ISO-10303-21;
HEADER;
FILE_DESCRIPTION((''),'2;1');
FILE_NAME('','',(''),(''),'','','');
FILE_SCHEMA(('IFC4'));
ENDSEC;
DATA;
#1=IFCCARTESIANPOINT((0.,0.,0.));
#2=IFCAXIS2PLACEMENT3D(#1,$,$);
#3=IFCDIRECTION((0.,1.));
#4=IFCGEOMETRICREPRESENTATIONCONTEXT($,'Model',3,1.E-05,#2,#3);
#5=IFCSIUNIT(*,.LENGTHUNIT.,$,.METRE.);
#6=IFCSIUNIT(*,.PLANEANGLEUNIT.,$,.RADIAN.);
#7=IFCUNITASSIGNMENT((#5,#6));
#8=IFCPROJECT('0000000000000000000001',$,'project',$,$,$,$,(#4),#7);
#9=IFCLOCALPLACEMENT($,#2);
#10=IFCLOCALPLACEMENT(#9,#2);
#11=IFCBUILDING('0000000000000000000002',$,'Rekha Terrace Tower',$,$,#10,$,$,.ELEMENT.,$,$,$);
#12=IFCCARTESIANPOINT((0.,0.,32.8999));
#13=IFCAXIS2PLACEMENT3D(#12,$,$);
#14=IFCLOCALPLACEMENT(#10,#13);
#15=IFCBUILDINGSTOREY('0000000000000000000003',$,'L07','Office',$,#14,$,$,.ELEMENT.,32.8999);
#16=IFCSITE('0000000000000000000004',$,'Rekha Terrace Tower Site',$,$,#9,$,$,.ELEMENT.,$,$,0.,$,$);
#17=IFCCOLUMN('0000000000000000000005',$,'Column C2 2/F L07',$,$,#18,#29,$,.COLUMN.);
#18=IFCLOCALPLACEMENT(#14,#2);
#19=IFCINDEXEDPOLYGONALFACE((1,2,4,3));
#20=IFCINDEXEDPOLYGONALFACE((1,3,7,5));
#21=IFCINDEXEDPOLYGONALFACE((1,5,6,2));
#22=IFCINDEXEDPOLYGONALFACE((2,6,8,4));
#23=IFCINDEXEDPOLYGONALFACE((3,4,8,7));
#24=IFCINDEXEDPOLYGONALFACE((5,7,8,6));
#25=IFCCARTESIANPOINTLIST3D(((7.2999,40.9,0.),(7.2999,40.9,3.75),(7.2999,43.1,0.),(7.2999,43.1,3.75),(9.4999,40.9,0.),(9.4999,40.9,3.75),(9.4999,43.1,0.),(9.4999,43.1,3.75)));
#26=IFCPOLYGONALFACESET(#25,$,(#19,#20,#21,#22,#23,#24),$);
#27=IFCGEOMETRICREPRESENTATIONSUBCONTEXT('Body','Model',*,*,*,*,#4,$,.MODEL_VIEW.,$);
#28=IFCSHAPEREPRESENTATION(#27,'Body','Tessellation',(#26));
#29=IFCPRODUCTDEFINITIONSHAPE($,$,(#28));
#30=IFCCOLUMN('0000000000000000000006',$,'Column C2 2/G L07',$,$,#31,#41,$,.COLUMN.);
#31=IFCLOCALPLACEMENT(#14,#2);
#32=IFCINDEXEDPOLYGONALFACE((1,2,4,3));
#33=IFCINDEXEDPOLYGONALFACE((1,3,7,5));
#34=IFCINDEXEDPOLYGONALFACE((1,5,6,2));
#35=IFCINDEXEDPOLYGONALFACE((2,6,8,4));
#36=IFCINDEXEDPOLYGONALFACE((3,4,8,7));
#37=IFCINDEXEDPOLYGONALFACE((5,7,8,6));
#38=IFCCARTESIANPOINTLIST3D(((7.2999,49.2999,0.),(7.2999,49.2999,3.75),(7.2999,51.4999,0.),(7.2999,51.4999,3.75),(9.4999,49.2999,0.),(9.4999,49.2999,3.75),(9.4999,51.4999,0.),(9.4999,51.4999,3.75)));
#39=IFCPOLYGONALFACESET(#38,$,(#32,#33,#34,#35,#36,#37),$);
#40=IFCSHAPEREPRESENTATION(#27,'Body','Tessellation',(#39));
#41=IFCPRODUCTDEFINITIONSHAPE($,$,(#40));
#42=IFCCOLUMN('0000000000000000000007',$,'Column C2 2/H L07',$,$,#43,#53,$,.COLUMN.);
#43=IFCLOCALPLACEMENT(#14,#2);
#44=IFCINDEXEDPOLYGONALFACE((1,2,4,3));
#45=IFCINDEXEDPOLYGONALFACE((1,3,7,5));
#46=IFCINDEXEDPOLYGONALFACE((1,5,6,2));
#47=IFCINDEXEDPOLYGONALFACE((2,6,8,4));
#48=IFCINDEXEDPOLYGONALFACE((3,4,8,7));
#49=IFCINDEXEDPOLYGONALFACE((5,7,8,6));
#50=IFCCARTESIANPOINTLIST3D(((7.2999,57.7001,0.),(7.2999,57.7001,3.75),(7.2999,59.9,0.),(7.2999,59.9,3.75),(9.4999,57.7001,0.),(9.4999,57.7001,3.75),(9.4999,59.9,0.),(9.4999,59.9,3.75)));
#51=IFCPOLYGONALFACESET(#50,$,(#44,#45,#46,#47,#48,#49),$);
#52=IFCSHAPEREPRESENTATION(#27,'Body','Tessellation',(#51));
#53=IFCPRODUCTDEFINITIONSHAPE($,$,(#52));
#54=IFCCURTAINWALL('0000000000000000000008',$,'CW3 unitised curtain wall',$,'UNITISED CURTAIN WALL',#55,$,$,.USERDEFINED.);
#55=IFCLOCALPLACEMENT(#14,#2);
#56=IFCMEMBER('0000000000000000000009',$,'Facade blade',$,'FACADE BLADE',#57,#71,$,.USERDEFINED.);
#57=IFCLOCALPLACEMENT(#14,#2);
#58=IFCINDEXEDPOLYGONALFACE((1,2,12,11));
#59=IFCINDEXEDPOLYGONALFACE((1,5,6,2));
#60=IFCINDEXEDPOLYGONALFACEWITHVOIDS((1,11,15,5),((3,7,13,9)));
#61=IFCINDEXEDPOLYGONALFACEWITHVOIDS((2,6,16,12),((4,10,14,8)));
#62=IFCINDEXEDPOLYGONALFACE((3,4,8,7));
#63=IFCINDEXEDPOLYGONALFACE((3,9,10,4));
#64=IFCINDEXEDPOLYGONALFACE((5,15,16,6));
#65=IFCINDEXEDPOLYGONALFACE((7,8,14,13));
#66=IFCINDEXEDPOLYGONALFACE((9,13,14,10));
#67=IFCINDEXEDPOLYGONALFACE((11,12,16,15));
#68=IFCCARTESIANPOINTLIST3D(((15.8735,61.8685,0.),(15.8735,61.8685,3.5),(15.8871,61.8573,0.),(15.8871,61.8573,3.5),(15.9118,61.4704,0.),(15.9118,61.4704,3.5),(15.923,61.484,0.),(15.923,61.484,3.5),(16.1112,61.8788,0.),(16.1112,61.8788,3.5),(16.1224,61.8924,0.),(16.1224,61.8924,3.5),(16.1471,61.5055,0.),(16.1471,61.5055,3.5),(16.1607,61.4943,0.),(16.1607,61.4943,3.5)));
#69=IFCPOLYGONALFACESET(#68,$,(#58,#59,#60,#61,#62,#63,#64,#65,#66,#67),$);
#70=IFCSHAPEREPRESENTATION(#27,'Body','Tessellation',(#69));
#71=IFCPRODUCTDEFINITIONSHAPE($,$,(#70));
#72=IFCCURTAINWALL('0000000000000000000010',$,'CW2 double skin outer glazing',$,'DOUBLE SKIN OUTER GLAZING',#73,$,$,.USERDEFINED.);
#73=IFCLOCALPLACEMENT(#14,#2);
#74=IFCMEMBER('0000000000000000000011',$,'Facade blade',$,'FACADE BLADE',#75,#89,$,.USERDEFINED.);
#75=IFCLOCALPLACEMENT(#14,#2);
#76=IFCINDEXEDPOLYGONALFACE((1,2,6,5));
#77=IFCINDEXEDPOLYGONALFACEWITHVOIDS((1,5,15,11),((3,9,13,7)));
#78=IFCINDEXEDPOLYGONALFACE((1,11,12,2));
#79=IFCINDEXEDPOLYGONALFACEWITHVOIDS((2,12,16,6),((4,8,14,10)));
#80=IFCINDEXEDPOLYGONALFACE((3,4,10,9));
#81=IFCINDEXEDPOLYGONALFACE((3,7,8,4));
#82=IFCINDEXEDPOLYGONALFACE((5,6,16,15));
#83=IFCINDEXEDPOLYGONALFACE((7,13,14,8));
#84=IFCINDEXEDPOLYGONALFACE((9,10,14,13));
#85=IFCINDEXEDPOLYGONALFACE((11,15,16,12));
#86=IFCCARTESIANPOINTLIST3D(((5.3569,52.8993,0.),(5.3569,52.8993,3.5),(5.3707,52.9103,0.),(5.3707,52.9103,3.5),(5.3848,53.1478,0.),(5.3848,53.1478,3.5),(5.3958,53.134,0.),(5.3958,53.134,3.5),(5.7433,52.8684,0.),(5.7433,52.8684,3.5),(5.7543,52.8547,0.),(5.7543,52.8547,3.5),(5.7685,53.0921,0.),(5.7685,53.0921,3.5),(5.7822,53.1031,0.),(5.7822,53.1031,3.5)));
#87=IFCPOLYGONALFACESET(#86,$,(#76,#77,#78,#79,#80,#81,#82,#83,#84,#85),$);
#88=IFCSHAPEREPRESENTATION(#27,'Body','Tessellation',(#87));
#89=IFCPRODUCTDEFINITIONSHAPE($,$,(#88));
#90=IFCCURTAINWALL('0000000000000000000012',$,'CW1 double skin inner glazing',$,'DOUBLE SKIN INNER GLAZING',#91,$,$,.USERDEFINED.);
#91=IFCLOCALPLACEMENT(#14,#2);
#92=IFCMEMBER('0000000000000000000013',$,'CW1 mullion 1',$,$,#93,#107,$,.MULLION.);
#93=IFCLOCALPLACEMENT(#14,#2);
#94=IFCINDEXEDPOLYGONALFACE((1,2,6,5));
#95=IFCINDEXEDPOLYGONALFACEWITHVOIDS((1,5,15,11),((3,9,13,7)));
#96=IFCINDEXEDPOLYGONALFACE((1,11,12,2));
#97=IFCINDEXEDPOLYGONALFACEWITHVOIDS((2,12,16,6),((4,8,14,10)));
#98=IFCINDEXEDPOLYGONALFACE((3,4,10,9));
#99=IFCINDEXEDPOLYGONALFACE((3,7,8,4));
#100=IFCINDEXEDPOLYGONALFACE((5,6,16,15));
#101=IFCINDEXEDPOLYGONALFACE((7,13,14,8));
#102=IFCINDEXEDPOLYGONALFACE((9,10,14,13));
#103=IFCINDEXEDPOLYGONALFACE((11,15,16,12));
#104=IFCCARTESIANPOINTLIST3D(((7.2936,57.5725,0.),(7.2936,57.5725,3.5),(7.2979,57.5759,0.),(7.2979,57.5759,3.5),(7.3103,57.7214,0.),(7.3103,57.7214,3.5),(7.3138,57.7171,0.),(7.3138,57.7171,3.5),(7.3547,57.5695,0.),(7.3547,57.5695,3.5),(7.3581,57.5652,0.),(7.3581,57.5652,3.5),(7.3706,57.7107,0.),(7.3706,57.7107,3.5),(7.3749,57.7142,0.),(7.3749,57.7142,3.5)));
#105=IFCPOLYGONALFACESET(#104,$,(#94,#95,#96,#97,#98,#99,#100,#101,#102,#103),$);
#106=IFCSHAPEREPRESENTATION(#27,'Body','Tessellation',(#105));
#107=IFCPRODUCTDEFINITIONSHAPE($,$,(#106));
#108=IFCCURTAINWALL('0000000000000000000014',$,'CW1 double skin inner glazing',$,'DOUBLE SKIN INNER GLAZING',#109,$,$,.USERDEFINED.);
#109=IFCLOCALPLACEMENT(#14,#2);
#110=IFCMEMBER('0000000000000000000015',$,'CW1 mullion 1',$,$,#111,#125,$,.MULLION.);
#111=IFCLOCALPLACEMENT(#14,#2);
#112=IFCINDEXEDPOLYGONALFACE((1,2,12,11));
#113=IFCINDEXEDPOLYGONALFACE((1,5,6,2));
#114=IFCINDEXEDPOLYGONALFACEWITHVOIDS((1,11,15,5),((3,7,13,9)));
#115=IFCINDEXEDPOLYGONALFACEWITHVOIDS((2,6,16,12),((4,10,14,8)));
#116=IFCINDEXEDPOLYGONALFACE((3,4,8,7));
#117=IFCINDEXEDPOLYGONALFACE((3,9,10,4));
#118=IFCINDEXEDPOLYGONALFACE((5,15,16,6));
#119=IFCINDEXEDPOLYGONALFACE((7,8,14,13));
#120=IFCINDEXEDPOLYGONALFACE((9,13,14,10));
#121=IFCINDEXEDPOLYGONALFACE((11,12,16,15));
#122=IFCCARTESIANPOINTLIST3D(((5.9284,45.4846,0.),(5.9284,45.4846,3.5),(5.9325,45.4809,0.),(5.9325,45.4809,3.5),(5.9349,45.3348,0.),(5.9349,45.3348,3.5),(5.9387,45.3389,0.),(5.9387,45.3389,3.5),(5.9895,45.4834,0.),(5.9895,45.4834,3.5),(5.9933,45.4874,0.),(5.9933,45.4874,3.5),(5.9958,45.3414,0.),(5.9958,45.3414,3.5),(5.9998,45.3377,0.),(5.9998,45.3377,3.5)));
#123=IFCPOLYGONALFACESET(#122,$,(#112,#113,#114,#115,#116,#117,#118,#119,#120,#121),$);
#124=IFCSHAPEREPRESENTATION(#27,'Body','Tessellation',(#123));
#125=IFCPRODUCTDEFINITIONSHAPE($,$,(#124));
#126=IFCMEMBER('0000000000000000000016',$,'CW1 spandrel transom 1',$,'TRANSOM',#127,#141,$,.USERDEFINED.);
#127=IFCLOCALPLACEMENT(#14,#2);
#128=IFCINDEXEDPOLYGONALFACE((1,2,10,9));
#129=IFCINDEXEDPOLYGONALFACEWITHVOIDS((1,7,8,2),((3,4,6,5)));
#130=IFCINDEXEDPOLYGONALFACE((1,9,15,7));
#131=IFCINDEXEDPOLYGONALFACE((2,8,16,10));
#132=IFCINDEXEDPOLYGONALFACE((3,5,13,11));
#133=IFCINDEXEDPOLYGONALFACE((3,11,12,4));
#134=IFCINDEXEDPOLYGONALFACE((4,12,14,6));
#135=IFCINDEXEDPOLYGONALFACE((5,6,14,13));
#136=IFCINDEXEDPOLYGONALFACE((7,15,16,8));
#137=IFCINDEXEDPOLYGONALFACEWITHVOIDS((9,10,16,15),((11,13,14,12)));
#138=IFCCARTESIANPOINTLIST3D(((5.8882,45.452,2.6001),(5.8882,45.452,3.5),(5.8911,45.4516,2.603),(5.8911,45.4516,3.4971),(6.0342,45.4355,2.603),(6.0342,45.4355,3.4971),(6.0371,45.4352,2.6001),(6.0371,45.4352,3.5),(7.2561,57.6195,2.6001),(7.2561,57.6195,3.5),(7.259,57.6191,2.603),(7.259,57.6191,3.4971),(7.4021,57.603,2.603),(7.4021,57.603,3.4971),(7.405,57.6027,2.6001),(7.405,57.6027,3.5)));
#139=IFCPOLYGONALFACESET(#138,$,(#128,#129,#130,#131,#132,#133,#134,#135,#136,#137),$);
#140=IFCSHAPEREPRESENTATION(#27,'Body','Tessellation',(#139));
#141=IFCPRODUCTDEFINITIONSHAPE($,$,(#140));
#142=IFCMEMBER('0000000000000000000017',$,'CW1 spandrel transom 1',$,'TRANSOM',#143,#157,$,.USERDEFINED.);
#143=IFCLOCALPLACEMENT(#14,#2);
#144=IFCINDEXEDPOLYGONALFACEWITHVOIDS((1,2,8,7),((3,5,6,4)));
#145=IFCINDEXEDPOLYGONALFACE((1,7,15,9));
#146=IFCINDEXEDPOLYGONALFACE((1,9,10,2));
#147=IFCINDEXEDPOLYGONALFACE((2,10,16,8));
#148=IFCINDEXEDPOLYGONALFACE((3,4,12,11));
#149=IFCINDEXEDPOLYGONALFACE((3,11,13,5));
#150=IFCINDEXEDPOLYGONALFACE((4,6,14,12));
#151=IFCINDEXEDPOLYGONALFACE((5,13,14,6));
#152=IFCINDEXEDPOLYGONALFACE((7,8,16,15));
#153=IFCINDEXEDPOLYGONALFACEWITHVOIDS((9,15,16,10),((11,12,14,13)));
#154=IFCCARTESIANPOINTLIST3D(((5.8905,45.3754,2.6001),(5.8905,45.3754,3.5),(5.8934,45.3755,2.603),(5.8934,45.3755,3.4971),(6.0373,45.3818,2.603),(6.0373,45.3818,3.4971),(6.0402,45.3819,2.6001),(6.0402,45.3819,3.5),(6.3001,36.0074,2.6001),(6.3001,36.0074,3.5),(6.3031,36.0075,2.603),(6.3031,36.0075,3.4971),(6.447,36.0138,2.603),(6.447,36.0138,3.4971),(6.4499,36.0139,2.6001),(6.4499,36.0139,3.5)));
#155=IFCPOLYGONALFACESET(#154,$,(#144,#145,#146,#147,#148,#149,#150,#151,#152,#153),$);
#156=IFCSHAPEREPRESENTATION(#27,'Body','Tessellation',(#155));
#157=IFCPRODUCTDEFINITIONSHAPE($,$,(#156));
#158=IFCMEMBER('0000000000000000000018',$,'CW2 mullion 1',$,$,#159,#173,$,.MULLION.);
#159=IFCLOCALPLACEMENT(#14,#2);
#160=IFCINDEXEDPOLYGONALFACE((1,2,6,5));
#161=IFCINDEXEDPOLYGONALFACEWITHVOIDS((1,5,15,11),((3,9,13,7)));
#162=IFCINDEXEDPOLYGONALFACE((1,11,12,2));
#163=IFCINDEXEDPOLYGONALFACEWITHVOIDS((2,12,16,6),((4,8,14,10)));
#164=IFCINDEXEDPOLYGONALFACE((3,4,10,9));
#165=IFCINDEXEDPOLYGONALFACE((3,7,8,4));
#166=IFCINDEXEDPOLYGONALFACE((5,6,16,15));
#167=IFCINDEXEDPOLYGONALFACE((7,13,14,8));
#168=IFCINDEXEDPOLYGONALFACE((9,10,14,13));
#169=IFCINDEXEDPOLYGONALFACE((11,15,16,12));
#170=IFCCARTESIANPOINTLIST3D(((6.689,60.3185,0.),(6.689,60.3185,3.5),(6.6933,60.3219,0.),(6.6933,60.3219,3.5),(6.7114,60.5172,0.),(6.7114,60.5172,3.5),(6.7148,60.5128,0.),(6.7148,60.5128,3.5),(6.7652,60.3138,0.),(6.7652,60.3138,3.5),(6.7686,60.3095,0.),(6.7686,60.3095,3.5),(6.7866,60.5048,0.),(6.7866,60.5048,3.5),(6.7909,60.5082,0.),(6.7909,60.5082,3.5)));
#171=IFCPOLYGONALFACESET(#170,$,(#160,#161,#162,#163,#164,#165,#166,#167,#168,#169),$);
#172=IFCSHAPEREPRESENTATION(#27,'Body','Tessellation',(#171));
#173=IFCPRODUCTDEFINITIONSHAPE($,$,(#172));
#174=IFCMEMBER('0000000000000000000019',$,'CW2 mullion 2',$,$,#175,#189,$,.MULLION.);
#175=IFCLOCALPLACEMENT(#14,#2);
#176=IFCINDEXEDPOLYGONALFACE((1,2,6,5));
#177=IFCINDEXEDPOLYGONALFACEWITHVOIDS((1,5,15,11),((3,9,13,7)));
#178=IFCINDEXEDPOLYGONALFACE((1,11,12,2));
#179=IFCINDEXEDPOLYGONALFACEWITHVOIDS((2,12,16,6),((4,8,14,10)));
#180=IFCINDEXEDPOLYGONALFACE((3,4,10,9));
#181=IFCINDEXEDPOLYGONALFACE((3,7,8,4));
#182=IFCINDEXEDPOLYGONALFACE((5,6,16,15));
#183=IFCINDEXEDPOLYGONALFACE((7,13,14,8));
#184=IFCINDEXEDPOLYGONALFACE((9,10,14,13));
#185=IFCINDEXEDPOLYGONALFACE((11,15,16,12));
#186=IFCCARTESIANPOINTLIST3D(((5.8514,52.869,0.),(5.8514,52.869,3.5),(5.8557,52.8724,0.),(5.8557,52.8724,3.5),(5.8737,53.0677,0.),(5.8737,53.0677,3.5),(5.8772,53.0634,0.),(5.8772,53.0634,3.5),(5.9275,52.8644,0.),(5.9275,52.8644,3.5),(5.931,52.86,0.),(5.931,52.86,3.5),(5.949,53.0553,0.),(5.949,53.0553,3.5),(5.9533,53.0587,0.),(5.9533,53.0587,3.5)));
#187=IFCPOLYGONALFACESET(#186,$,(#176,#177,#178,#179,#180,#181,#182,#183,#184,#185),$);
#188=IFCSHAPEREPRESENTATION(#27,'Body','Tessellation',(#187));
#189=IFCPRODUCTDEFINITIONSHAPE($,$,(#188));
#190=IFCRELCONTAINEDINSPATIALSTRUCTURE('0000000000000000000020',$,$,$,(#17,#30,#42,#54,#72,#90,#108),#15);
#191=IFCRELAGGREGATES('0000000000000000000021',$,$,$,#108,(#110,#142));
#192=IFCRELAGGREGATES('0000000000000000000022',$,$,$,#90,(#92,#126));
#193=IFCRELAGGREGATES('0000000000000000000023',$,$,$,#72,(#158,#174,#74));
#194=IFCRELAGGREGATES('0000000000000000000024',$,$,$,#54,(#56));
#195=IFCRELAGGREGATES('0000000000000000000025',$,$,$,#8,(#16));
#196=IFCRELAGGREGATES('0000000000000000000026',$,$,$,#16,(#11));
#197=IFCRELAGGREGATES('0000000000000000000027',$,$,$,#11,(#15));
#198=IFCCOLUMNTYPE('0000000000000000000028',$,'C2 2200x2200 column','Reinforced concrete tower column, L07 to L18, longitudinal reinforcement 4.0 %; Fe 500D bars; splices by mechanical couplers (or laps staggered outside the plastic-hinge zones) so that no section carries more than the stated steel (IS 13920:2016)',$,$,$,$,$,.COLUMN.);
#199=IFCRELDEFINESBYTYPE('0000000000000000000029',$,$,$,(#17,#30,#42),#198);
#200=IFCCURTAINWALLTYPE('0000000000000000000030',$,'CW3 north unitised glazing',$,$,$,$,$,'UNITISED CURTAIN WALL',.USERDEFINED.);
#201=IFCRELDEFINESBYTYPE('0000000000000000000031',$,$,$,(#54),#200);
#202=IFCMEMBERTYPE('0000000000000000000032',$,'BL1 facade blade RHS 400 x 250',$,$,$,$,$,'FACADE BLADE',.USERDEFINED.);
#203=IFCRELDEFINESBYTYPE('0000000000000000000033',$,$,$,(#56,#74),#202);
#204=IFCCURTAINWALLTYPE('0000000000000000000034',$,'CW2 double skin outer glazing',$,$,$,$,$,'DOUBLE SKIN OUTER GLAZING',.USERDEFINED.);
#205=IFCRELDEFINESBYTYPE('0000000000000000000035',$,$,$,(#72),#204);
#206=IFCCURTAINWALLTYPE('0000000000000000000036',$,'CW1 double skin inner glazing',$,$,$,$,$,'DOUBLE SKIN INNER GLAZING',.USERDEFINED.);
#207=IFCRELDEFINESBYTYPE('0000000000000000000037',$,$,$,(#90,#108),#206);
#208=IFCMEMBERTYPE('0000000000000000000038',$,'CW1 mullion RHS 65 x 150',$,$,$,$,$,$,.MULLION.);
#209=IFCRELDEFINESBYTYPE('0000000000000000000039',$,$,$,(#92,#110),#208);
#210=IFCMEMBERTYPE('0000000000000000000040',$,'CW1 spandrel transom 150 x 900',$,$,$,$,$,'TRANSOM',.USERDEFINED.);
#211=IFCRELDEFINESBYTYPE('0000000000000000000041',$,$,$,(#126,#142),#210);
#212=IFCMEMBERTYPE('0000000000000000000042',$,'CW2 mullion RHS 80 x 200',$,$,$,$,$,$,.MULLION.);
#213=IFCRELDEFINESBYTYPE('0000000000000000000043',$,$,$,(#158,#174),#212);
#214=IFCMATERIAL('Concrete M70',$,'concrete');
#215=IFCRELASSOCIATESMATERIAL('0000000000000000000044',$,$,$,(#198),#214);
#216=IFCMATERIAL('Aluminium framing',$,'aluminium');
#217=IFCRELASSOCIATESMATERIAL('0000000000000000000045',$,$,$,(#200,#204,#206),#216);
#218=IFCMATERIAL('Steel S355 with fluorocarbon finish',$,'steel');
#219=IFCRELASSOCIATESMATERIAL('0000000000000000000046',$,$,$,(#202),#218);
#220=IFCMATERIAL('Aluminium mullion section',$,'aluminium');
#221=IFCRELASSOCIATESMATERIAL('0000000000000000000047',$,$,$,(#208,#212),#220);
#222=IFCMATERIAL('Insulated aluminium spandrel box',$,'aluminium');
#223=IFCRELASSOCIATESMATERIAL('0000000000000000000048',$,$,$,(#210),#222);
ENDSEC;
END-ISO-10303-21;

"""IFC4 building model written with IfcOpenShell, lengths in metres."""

from ifc_helpers import new_model, si_unit, direction, frame, origin, origin_2d, place, context, subcontext, project, spatial, rectangle, hollow_rectangle, extrude, material, material_profile, profile_set, type_object, element, aggregate, save


model = new_model("IFC4")

# Units and contexts
model_context = context("Model", 3, precision=1e-05, world=origin(), true_north=direction((0.0, 1.0)))
body_context = subcontext(model_context, "Body", "Model", "MODEL_VIEW")
ifc_project = project(units=[si_unit("LENGTHUNIT", "METRE"), si_unit("PLANEANGLEUNIT", "RADIAN")], contexts=[model_context])

# Site, building, storey
site_placement = place(None, origin())
site = spatial("IfcSite", under=ifc_project, at=site_placement, Name="Rekha Terrace Tower Site", CompositionType="ELEMENT", RefElevation=0.0)
building_placement = place(site_placement, origin())
building = spatial("IfcBuilding", under=site, at=building_placement, Name="Rekha Terrace Tower", CompositionType="ELEMENT")
storey_placement = place(building_placement, frame((0.0, 0.0, 32.8999)))
storey = spatial("IfcBuildingStorey", under=building, at=storey_placement, Name="L07", Description="Office", CompositionType="ELEMENT", Elevation=32.8999)

# Columns
ifc_material_1 = material(Name="Concrete M70", Category="concrete")
ifc_material_profile_1 = material_profile(ifc_material_1, rectangle(XDim=2.2, YDim=2.2, at=origin_2d()), Name="RC 2200x2200")
ifc_profile_set_1 = profile_set([ifc_material_profile_1], Name="Concrete M70")
column_type = type_object("IfcColumnType", Name="C2 2200x2200 column", Description="Reinforced concrete tower column, L07 to L18, longitudinal reinforcement 4.0 %; Fe 500D bars; splices by mechanical couplers (or laps staggered outside the plastic-hinge zones) so that no section carries more than the stated steel (IS 13920:2016)", PredefinedType="COLUMN", material=ifc_profile_set_1)
for number, where, z_axis, x_axis, name in (
    (1, (8.3999, 42.0, 0.0), (0.0, 0.0, 1.0), (1.0, 0.0, 0.0), "Column C2 2/F L07"),
    (2, (8.3999, 50.3999, 0.0), (0.0, 0.0, 1.0), (1.0, 0.0, 0.0), "Column C2 2/G L07"),
    (3, (8.3999, 58.8, 0.0), (0.0, 0.0, 1.0), (1.0, 0.0, 0.0), "Column C2 2/H L07"),
):
    element("IfcColumn", number, at=place(storey_placement, frame(where, z_axis=z_axis, x_axis=x_axis)), inside=storey, type_object=column_type, Name=name, PredefinedType="COLUMN", context=body_context, shape_type="SweptSolid", body=[
        extrude(rectangle(XDim=2.2, YDim=2.2, at=origin_2d()), origin(), (0.0, 0.0, 1.0), 3.75),
    ])

# Curtain walls, members
ifc_material_2 = material(Name="Aluminium framing", Category="aluminium")
curtain_wall_type_1 = type_object("IfcCurtainWallType", Name="CW3 north unitised glazing", ElementType="UNITISED CURTAIN WALL", PredefinedType="USERDEFINED", material=ifc_material_2)
curtain_wall_1_placement = place(storey_placement, origin())
curtain_wall_1 = element("IfcCurtainWall", 4, at=curtain_wall_1_placement, inside=storey, type_object=curtain_wall_type_1, Name="CW3 unitised curtain wall", ObjectType="UNITISED CURTAIN WALL", PredefinedType="USERDEFINED")
ifc_material_3 = material(Name="Steel S355 with fluorocarbon finish", Category="steel")
ifc_material_profile_2 = material_profile(ifc_material_3, hollow_rectangle(XDim=0.25, YDim=0.3999, WallThickness=0.0125, at=origin_2d()), Name="RHS400x250x12.5")
ifc_profile_set_2 = profile_set([ifc_material_profile_2], Name="Steel S355 with fluorocarbon finish")
member_type_1 = type_object("IfcMemberType", Name="BL1 facade blade RHS 400 x 250", ElementType="FACADE BLADE", PredefinedType="USERDEFINED", material=ifc_profile_set_2)
member_1_placement = place(storey_placement, frame((16.0171, 61.6814, 0.0), z_axis=(0.0, 0.0, 1.0), x_axis=(-0.995409, -0.095712, 0.0)))
member_1 = element("IfcMember", 5, at=member_1_placement, type_object=member_type_1, Name="Facade blade", ObjectType="FACADE BLADE", PredefinedType="USERDEFINED", context=body_context, shape_type="SweptSolid", body=[
    extrude(hollow_rectangle(XDim=0.25, YDim=0.3999, WallThickness=0.0125, at=origin_2d()), origin(), (0.0, 0.0, 1.0), 3.5),
])
curtain_wall_type_2 = type_object("IfcCurtainWallType", Name="CW2 double skin outer glazing", ElementType="DOUBLE SKIN OUTER GLAZING", PredefinedType="USERDEFINED", material=ifc_material_2)
curtain_wall_2_placement = place(storey_placement, origin())
curtain_wall_2 = element("IfcCurtainWall", 6, at=curtain_wall_2_placement, inside=storey, type_object=curtain_wall_type_2, Name="CW2 double skin outer glazing", ObjectType="DOUBLE SKIN OUTER GLAZING", PredefinedType="USERDEFINED")
member_2_placement = place(storey_placement, frame((5.5696, 53.0012, 0.0), z_axis=(0.0, 0.0, 1.0), x_axis=(-0.111729, -0.993739, 0.0)))
member_2 = element("IfcMember", 7, at=member_2_placement, type_object=member_type_1, Name="Facade blade", ObjectType="FACADE BLADE", PredefinedType="USERDEFINED", context=body_context, shape_type="SweptSolid", body=[
    extrude(hollow_rectangle(XDim=0.25, YDim=0.3999, WallThickness=0.0125, at=origin_2d()), origin(), (0.0, 0.0, 1.0), 3.5),
])
curtain_wall_type_3 = type_object("IfcCurtainWallType", Name="CW1 double skin inner glazing", ElementType="DOUBLE SKIN INNER GLAZING", PredefinedType="USERDEFINED", material=ifc_material_2)
curtain_wall_3_placement = place(storey_placement, origin())
curtain_wall_3 = element("IfcCurtainWall", 8, at=curtain_wall_3_placement, inside=storey, type_object=curtain_wall_type_3, Name="CW1 double skin inner glazing", ObjectType="DOUBLE SKIN INNER GLAZING", PredefinedType="USERDEFINED")
ifc_material_4 = material(Name="Aluminium mullion section", Category="aluminium")
ifc_material_profile_3 = material_profile(ifc_material_4, hollow_rectangle(XDim=0.0649, YDim=0.1499, WallThickness=0.0039, at=origin_2d()), Name="AL RHS 65x150")
ifc_profile_set_3 = profile_set([ifc_material_profile_3], Name="Aluminium mullion section")
member_type_2 = type_object("IfcMemberType", Name="CW1 mullion RHS 65 x 150", PredefinedType="MULLION", material=ifc_profile_set_3)
member_3_placement = place(storey_placement, frame((7.3342, 57.6433, 0.0), z_axis=(0.0, 0.0, 1.0), x_axis=(0.993739, -0.11173, 0.0)))
member_3 = element("IfcMember", 9, at=member_3_placement, type_object=member_type_2, Name="CW1 mullion 1", PredefinedType="MULLION", context=body_context, shape_type="SweptSolid", body=[
    extrude(hollow_rectangle(XDim=0.0649, YDim=0.1499, WallThickness=0.0039, at=origin_2d()), origin(), (0.0, 0.0, 1.0), 3.5),
])
curtain_wall_4_placement = place(storey_placement, origin())
curtain_wall_4 = element("IfcCurtainWall", 10, at=curtain_wall_4_placement, inside=storey, type_object=curtain_wall_type_3, Name="CW1 double skin inner glazing", ObjectType="DOUBLE SKIN INNER GLAZING", PredefinedType="USERDEFINED")
member_4_placement = place(storey_placement, frame((5.9641, 45.4111, 0.0), z_axis=(0.0, 0.0, 1.0), x_axis=(0.999045, 0.043683, 0.0)))
member_4 = element("IfcMember", 11, at=member_4_placement, type_object=member_type_2, Name="CW1 mullion 1", PredefinedType="MULLION", context=body_context, shape_type="SweptSolid", body=[
    extrude(hollow_rectangle(XDim=0.0649, YDim=0.1499, WallThickness=0.0039, at=origin_2d()), origin(), (0.0, 0.0, 1.0), 3.5),
])

# Members
ifc_material_5 = material(Name="Insulated aluminium spandrel box", Category="aluminium")
ifc_material_profile_4 = material_profile(ifc_material_5, hollow_rectangle(XDim=0.1499, YDim=0.8999, WallThickness=0.0029, at=origin_2d()), Name="AL SPANDREL BOX 150x900")
ifc_profile_set_4 = profile_set([ifc_material_profile_4], Name="Insulated aluminium spandrel box")
member_type_3 = type_object("IfcMemberType", Name="CW1 spandrel transom 150 x 900", ElementType="TRANSOM", PredefinedType="USERDEFINED", material=ifc_profile_set_4)
member_5_placement = place(storey_placement, frame((7.3306, 57.6111, 3.05), z_axis=(-0.11172, -0.99374, 0.0), x_axis=(0.99374, -0.11172, 0.0)))
member_5 = element("IfcMember", 12, at=member_5_placement, type_object=member_type_3, Name="CW1 spandrel transom 1", ObjectType="TRANSOM", PredefinedType="USERDEFINED", context=body_context, shape_type="SweptSolid", body=[
    extrude(hollow_rectangle(XDim=0.1499, YDim=0.8999, WallThickness=0.0029, at=origin_2d()), origin(), (0.0, 0.0, 1.0), 12.2441),
])
member_6_placement = place(storey_placement, frame((5.9653, 45.3787, 3.05), z_axis=(0.043689, -0.999045, 0.0), x_axis=(0.999045, 0.043689, 0.0)))
member_6 = element("IfcMember", 13, at=member_6_placement, type_object=member_type_3, Name="CW1 spandrel transom 1", ObjectType="TRANSOM", PredefinedType="USERDEFINED", context=body_context, shape_type="SweptSolid", body=[
    extrude(hollow_rectangle(XDim=0.1499, YDim=0.8999, WallThickness=0.0029, at=origin_2d()), origin(), (0.0, 0.0, 1.0), 9.377),
])
aggregate(curtain_wall_4, [member_4, member_6])
ifc_material_profile_5 = material_profile(ifc_material_4, hollow_rectangle(XDim=0.0801, YDim=0.2, WallThickness=0.0039, at=origin_2d()), Name="AL RHS 80x200")
ifc_profile_set_5 = profile_set([ifc_material_profile_5], Name="Aluminium mullion section")
member_type_4 = type_object("IfcMemberType", Name="CW2 mullion RHS 80 x 200", PredefinedType="MULLION", material=ifc_profile_set_5)
member_7_placement = place(storey_placement, frame((6.74, 60.4133, 0.0), z_axis=(0.0, 0.0, 1.0), x_axis=(0.993739, -0.11173, 0.0)))
member_7 = element("IfcMember", 14, at=member_7_placement, type_object=member_type_4, Name="CW2 mullion 1", PredefinedType="MULLION", context=body_context, shape_type="SweptSolid", body=[
    extrude(hollow_rectangle(XDim=0.0801, YDim=0.2, WallThickness=0.0039, at=origin_2d()), origin(), (0.0, 0.0, 1.0), 3.5),
])
member_8_placement = place(storey_placement, frame((5.9023, 52.9639, 0.0), z_axis=(0.0, 0.0, 1.0), x_axis=(0.993739, -0.11173, 0.0)))
member_8 = element("IfcMember", 15, at=member_8_placement, type_object=member_type_4, Name="CW2 mullion 2", PredefinedType="MULLION", context=body_context, shape_type="SweptSolid", body=[
    extrude(hollow_rectangle(XDim=0.0801, YDim=0.2, WallThickness=0.0039, at=origin_2d()), origin(), (0.0, 0.0, 1.0), 3.5),
])

aggregate(curtain_wall_3, [member_3, member_5])
aggregate(curtain_wall_2, [member_7, member_8, member_2])
aggregate(curtain_wall_1, [member_1])

save(model, "model.ifc")
